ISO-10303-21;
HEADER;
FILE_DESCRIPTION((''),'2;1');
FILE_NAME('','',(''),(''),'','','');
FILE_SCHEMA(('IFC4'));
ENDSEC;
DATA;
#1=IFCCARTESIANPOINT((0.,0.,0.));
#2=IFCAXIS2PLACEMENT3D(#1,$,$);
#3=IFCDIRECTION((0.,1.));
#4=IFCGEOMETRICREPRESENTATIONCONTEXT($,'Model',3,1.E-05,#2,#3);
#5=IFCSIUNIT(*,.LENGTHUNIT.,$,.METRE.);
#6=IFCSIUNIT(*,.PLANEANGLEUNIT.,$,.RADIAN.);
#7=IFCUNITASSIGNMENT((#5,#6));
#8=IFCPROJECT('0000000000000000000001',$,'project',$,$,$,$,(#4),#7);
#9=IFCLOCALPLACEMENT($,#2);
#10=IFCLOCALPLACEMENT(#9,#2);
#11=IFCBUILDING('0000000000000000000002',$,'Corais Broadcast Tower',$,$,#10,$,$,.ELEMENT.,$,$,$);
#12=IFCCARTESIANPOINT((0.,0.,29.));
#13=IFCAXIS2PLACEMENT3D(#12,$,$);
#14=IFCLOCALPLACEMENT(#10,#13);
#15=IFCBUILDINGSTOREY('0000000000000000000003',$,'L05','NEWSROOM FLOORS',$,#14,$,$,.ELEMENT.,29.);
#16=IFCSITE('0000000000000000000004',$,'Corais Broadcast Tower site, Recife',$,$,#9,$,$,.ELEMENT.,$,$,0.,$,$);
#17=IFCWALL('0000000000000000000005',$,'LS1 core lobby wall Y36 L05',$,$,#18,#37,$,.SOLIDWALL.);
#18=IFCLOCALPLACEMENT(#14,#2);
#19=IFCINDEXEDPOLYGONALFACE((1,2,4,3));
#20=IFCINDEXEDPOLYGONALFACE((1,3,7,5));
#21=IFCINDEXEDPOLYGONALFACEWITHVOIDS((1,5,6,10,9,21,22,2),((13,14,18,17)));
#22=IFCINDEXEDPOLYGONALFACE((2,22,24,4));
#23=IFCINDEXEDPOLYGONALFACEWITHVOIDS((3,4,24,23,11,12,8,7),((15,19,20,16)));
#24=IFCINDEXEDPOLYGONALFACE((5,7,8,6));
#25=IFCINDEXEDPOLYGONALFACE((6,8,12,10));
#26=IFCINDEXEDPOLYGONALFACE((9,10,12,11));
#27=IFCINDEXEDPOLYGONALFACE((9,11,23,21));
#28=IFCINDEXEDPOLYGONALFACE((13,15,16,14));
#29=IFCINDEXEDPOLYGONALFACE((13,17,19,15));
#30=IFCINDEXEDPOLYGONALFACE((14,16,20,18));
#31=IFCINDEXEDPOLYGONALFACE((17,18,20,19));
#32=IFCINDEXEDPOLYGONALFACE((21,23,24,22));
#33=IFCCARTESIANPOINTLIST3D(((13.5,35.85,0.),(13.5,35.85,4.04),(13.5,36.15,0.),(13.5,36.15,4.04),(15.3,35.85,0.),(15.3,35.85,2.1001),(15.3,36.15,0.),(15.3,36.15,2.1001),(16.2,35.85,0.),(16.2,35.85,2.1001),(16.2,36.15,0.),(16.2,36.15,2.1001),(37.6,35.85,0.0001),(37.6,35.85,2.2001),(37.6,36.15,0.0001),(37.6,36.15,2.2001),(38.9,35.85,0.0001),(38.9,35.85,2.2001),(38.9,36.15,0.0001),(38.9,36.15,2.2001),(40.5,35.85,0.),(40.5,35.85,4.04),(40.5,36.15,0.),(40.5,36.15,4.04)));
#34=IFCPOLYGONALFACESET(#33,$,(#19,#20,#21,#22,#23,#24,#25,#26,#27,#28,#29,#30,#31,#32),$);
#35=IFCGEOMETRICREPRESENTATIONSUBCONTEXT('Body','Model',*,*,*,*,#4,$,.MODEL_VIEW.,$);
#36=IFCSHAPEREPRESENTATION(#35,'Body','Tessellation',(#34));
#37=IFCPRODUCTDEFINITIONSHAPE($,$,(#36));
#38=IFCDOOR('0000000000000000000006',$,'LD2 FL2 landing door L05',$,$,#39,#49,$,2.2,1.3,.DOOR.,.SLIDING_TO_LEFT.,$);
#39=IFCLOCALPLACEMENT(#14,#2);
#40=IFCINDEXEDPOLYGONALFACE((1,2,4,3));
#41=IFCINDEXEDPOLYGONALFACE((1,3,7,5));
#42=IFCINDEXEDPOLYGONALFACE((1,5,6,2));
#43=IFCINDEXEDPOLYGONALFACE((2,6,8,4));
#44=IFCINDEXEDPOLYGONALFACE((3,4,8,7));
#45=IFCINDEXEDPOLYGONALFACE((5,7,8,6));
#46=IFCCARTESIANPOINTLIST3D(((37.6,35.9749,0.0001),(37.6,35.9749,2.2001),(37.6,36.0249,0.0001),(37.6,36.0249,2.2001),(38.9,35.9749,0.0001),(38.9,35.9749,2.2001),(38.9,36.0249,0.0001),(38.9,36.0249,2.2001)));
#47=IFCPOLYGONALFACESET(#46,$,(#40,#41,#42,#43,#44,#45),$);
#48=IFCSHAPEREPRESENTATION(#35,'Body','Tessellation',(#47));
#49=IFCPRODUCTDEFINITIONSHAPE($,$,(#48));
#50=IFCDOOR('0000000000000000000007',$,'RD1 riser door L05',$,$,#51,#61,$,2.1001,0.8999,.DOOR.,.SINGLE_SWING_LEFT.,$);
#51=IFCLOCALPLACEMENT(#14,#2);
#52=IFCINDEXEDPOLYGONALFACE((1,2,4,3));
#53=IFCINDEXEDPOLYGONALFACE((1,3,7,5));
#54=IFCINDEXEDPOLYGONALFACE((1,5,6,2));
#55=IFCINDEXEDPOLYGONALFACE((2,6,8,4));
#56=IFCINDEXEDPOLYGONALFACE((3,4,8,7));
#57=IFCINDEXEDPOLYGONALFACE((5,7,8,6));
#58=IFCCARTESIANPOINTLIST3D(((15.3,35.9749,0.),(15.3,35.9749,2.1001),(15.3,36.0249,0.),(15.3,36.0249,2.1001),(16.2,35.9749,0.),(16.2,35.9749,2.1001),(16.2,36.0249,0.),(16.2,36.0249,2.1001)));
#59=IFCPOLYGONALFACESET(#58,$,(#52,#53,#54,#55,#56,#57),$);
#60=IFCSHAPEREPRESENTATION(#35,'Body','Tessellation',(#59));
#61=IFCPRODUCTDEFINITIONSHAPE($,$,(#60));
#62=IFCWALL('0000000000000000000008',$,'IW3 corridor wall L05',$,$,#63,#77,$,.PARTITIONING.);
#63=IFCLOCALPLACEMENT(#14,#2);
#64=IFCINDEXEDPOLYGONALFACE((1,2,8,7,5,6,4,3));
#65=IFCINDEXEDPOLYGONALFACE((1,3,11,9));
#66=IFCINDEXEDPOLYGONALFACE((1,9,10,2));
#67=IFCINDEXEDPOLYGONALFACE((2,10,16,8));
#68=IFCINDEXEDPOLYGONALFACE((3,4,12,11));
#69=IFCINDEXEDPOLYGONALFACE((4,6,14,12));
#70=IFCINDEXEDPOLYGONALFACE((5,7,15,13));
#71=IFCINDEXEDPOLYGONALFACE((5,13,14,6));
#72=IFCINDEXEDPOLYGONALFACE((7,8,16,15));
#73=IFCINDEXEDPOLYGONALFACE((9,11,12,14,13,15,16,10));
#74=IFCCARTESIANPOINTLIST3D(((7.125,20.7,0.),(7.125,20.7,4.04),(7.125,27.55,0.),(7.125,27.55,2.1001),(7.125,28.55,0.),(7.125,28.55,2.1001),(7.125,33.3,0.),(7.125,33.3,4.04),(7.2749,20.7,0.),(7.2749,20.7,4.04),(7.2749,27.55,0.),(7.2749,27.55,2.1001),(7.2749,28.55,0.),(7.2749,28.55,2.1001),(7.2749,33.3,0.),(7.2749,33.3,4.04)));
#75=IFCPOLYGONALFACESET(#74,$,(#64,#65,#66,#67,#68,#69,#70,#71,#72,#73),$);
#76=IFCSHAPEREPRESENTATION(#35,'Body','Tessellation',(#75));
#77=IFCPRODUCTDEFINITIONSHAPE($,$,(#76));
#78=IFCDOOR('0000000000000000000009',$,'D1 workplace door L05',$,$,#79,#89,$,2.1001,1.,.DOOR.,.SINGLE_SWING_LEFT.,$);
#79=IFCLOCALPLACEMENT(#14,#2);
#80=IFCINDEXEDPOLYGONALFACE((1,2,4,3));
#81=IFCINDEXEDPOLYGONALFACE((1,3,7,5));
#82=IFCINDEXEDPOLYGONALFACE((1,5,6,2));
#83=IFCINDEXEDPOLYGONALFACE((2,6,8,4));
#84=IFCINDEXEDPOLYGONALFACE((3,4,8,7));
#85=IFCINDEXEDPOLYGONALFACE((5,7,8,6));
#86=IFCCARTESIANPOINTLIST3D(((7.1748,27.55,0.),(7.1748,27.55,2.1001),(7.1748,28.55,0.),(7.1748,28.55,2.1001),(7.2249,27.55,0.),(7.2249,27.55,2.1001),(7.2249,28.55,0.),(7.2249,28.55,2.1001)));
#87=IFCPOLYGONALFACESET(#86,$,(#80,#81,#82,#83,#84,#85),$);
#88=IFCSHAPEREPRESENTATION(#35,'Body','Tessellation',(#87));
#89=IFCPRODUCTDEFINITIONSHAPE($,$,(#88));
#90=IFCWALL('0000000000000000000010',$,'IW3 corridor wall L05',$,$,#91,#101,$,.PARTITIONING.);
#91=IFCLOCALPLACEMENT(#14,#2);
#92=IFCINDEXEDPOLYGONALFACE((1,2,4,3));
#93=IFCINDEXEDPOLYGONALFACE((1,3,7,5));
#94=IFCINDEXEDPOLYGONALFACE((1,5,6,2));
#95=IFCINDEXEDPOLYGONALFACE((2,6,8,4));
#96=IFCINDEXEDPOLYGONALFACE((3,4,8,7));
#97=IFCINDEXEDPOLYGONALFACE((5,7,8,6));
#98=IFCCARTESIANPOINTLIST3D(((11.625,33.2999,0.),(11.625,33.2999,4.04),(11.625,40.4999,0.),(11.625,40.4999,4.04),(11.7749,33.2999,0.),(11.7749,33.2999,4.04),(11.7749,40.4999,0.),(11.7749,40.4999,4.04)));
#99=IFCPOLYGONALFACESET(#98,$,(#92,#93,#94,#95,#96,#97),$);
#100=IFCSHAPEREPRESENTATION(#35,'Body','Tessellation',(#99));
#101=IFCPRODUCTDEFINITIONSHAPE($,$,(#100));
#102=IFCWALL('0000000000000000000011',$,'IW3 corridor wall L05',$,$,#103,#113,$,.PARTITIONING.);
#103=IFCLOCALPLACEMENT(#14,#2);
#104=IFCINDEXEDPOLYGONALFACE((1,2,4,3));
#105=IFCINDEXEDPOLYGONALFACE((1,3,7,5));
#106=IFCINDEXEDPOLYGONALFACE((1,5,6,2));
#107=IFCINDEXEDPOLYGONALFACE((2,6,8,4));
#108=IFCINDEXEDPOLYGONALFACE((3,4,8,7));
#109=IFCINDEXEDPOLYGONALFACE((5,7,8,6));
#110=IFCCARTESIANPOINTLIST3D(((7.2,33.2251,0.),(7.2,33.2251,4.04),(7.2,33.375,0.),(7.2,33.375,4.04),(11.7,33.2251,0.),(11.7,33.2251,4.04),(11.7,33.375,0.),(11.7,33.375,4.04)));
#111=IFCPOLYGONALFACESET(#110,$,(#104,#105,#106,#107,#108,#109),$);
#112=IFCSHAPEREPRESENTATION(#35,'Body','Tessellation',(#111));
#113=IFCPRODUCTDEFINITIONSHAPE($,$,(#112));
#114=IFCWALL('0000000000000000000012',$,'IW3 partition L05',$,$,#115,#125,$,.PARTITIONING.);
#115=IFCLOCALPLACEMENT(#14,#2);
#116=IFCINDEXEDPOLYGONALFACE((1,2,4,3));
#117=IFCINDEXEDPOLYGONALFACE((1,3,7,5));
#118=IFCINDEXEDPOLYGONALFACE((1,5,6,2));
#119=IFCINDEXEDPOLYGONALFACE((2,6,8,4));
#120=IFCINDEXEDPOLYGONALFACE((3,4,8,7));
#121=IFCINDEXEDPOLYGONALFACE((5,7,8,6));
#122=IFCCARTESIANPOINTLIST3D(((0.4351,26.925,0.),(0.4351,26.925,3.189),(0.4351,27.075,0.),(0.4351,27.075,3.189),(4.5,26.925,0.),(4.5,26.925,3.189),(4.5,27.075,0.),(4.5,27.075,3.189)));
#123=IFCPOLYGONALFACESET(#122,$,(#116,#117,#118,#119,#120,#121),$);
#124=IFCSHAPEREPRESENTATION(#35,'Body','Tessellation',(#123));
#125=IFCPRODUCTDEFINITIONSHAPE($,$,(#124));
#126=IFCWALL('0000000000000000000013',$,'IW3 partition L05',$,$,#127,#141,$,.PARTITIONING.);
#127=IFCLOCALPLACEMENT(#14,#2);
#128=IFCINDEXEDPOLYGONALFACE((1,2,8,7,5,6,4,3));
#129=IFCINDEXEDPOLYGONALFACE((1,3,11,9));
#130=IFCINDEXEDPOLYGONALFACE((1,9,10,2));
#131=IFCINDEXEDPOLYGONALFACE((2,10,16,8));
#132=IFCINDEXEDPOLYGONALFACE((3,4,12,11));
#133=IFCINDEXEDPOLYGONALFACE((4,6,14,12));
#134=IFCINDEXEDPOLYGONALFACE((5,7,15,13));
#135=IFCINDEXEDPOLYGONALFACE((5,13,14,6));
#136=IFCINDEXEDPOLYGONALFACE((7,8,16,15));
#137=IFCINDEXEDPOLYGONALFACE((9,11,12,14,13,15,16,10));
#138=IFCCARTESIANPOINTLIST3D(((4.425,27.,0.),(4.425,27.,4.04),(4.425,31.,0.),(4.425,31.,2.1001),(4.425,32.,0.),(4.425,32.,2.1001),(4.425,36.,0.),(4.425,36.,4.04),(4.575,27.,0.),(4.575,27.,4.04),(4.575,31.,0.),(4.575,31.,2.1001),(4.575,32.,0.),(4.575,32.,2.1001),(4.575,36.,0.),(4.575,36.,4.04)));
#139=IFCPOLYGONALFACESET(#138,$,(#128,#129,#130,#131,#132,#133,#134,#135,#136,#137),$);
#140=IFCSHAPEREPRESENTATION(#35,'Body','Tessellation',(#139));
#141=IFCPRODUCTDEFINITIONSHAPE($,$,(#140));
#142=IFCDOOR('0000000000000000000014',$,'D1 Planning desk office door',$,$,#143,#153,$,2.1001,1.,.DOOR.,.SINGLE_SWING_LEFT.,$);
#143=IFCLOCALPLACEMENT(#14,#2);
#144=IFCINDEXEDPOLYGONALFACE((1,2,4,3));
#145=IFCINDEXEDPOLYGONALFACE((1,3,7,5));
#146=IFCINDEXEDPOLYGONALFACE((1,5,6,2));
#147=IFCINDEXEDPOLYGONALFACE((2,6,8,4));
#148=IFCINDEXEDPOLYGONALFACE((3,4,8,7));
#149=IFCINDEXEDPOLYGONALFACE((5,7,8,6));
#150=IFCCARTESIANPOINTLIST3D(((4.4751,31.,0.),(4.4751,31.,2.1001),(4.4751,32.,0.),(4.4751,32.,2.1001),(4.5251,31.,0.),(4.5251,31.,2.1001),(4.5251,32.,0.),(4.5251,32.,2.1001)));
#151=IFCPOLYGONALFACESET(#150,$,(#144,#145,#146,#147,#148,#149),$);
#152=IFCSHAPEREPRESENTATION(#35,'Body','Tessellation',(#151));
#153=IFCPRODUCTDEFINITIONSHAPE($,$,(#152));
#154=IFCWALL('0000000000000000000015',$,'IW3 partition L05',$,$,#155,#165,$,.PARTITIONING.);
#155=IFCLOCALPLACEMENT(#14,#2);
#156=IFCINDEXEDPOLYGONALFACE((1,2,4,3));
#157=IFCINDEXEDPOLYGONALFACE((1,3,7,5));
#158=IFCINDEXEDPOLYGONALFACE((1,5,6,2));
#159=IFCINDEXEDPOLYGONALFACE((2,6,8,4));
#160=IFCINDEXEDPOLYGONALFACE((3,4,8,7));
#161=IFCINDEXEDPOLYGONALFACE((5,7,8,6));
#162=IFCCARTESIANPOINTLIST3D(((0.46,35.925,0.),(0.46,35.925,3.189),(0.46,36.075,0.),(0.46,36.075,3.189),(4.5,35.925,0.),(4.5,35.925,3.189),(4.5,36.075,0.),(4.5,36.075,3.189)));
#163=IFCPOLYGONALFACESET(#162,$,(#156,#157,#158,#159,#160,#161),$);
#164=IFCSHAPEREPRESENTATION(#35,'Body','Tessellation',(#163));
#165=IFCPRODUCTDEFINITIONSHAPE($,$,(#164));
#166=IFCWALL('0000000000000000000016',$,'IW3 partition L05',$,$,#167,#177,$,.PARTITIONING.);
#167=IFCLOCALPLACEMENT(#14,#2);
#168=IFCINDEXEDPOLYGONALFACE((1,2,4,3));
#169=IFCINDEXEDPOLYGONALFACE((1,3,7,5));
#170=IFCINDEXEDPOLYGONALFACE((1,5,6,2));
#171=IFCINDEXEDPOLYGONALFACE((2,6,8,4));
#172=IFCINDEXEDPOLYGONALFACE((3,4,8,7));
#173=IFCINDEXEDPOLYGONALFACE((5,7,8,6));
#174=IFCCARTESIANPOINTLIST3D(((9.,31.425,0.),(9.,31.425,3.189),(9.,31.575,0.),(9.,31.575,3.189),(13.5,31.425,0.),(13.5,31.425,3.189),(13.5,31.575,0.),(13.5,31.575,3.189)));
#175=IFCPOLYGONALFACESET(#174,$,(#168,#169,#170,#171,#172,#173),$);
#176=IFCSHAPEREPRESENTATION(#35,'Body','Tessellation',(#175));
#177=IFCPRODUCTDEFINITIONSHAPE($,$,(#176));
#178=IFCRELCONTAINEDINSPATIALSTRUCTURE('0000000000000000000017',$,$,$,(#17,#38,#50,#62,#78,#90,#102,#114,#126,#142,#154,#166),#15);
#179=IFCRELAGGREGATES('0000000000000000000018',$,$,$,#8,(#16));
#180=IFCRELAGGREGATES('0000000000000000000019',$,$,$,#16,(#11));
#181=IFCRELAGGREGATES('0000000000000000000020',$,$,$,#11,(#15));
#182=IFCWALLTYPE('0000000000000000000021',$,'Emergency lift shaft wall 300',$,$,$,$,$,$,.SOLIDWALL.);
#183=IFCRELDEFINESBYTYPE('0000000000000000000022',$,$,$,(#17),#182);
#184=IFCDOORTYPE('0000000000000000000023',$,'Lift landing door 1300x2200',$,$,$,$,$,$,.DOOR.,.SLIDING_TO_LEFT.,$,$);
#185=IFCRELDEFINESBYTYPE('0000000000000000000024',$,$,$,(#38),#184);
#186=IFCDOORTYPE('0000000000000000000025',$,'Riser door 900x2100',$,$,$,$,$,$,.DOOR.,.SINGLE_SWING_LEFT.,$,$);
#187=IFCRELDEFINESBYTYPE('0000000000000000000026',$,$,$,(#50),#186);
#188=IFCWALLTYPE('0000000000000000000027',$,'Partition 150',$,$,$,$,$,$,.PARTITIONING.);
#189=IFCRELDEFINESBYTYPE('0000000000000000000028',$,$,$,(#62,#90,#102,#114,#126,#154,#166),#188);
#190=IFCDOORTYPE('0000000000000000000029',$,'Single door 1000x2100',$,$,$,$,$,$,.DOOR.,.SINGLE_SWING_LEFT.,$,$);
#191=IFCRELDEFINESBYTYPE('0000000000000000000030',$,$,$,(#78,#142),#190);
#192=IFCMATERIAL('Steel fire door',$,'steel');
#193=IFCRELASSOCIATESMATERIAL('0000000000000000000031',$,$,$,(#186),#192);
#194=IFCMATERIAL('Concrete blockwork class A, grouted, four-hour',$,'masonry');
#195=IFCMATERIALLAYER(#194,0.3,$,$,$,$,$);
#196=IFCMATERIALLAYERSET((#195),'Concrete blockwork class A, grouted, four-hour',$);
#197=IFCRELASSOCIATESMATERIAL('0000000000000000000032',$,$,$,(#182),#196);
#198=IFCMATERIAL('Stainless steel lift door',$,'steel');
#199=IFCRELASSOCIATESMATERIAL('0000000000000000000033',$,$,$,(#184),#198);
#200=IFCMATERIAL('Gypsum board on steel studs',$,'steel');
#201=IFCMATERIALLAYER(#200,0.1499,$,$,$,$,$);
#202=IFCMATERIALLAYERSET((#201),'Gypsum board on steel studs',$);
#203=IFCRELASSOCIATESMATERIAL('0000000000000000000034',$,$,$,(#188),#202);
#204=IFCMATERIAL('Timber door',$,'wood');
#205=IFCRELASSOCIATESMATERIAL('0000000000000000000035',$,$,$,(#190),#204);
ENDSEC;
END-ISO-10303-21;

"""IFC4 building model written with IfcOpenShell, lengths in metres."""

from ifc_helpers import new_model, si_unit, direction, frame, frame_2d, origin, place, context, subcontext, project, spatial, rectangle, extrude, material, layer, layer_set, type_object, element, fill, save


model = new_model("IFC4")

# Units and contexts
model_context = context("Model", 3, precision=1e-05, world=origin(), true_north=direction((0.0, 1.0)))
body_context = subcontext(model_context, "Body", "Model", "MODEL_VIEW")
ifc_project = project(units=[si_unit("LENGTHUNIT", "METRE"), si_unit("PLANEANGLEUNIT", "RADIAN")], contexts=[model_context])

# Site, building, storey
site_placement = place(None, origin())
site = spatial("IfcSite", under=ifc_project, at=site_placement, Name="Corais Broadcast Tower site, Recife", CompositionType="ELEMENT", RefElevation=0.0)
building_placement = place(site_placement, origin())
building = spatial("IfcBuilding", under=site, at=building_placement, Name="Corais Broadcast Tower", CompositionType="ELEMENT")
storey_placement = place(building_placement, frame((0.0, 0.0, 29.0)))
storey = spatial("IfcBuildingStorey", under=building, at=storey_placement, Name="L05", Description="NEWSROOM FLOORS", CompositionType="ELEMENT", Elevation=29.0)

# Wall, openings, doors
ifc_material_1 = material(Name="Steel fire door", Category="steel")
door_type_1 = type_object("IfcDoorType", Name="Riser door 900x2100", OperationType="SINGLE_SWING_LEFT", PredefinedType="DOOR", material=ifc_material_1)
ifc_material_2 = material(Name="Concrete blockwork class A, grouted, four-hour", Category="masonry")
ifc_layer_1 = layer(ifc_material_2, 0.3)
ifc_layer_set_1 = layer_set([ifc_layer_1], Name="Concrete blockwork class A, grouted, four-hour")
wall_type_1 = type_object("IfcWallType", Name="Emergency lift shaft wall 300", PredefinedType="SOLIDWALL", material=ifc_layer_set_1)
wall_1_placement = place(storey_placement, frame((13.5, 36.0, 0.0), z_axis=(0.0, 0.0, 1.0), x_axis=(1.0, 0.0, 0.0)))
wall_1 = element("IfcWall", 1, at=wall_1_placement, inside=storey, type_object=wall_type_1, Name="LS1 core lobby wall Y36 L05", PredefinedType="SOLIDWALL", context=body_context, shape_type="SweptSolid", body=[
    extrude(rectangle(XDim=27.0, YDim=0.3, at=frame_2d((13.5, 0.0))), origin(), (0.0, 0.0, 1.0), 4.04),
])
opening_1_placement = place(wall_1_placement, frame((1.8, 0.0, 0.0)))
opening_1 = element("IfcOpeningElement", 2, at=opening_1_placement, cuts=wall_1, PredefinedType="OPENING", context=body_context, shape_type="SweptSolid", body=[
    extrude(rectangle(XDim=0.8999, YDim=2.1001, at=frame_2d((0.45, 1.05))), frame((0.0, 0.1599, 0.0), z_axis=(0.0, -1.0, 0.0), x_axis=(1.0, 0.0, 0.0)), (0.0, 0.0, 1.0), 0.3201),
])
opening_2_placement = place(wall_1_placement, frame((24.1001, 0.0, 0.0)))
opening_2 = element("IfcOpeningElement", 3, at=opening_2_placement, cuts=wall_1, PredefinedType="OPENING", context=body_context, shape_type="SweptSolid", body=[
    extrude(rectangle(XDim=1.3, YDim=2.2, at=frame_2d((0.6499, 1.1001))), frame((0.0, 0.1599, 0.0), z_axis=(0.0, -1.0, 0.0), x_axis=(1.0, 0.0, 0.0)), (0.0, 0.0, 1.0), 0.3201),
])
ifc_material_3 = material(Name="Stainless steel lift door", Category="steel")
door_type_2 = type_object("IfcDoorType", Name="Lift landing door 1300x2200", OperationType="SLIDING_TO_LEFT", PredefinedType="DOOR", material=ifc_material_3)
door_1_placement = place(opening_2_placement, origin())
door_1 = element("IfcDoor", 4, at=door_1_placement, inside=storey, type_object=door_type_2, Name="LD2 FL2 landing door L05", OperationType="SLIDING_TO_LEFT", OverallHeight=2.2, OverallWidth=1.3, PredefinedType="DOOR", context=body_context, shape_type="SweptSolid", body=[
    extrude(rectangle(XDim=1.3, YDim=2.2, at=frame_2d((0.6499, 1.1001))), frame((0.0, 0.0249, 0.0), z_axis=(0.0, -1.0, 0.0), x_axis=(1.0, 0.0, 0.0)), (0.0, 0.0, 1.0), 0.05),
])
fill(opening_2, door_1)
door_2_placement = place(opening_1_placement, origin())
door_2 = element("IfcDoor", 5, at=door_2_placement, inside=storey, type_object=door_type_1, Name="RD1 riser door L05", OperationType="SINGLE_SWING_LEFT", OverallHeight=2.1001, OverallWidth=0.8999, PredefinedType="DOOR", context=body_context, shape_type="SweptSolid", body=[
    extrude(rectangle(XDim=0.8999, YDim=2.1001, at=frame_2d((0.45, 1.05))), frame((0.0, 0.0249, 0.0), z_axis=(0.0, -1.0, 0.0), x_axis=(1.0, 0.0, 0.0)), (0.0, 0.0, 1.0), 0.05),
])
fill(opening_1, door_2)

# Wall, opening, door
ifc_material_4 = material(Name="Gypsum board on steel studs", Category="steel")
ifc_layer_2 = layer(ifc_material_4, 0.1499)
ifc_layer_set_2 = layer_set([ifc_layer_2], Name="Gypsum board on steel studs")
wall_type_2 = type_object("IfcWallType", Name="Partition 150", PredefinedType="PARTITIONING", material=ifc_layer_set_2)
wall_2_placement = place(storey_placement, frame((7.2, 33.3, 0.0), z_axis=(0.0, 0.0, 1.0), x_axis=(0.0, -1.0, 0.0)))
wall_2 = element("IfcWall", 6, at=wall_2_placement, inside=storey, type_object=wall_type_2, Name="IW3 corridor wall L05", PredefinedType="PARTITIONING", context=body_context, shape_type="SweptSolid", body=[
    extrude(rectangle(XDim=12.6001, YDim=0.1499, at=frame_2d((6.3, 0.0))), origin(), (0.0, 0.0, 1.0), 4.04),
])
opening_3_placement = place(wall_2_placement, frame((4.75, 0.0, 0.0)))
opening_3 = element("IfcOpeningElement", 7, at=opening_3_placement, cuts=wall_2, PredefinedType="OPENING", context=body_context, shape_type="SweptSolid", body=[
    extrude(rectangle(XDim=1.0, YDim=2.1001, at=frame_2d((0.5, 1.05))), frame((0.0, 0.085, 0.0), z_axis=(0.0, -1.0, 0.0), x_axis=(1.0, 0.0, 0.0)), (0.0, 0.0, 1.0), 0.1699),
])
ifc_material_5 = material(Name="Timber door", Category="wood")
door_type_3 = type_object("IfcDoorType", Name="Single door 1000x2100", OperationType="SINGLE_SWING_LEFT", PredefinedType="DOOR", material=ifc_material_5)
door_3_placement = place(opening_3_placement, origin())
door_3 = element("IfcDoor", 8, at=door_3_placement, inside=storey, type_object=door_type_3, Name="D1 workplace door L05", OperationType="SINGLE_SWING_LEFT", OverallHeight=2.1001, OverallWidth=1.0, PredefinedType="DOOR", context=body_context, shape_type="SweptSolid", body=[
    extrude(rectangle(XDim=1.0, YDim=2.1001, at=frame_2d((0.5, 1.05))), frame((0.0, 0.0249, 0.0), z_axis=(0.0, -1.0, 0.0), x_axis=(1.0, 0.0, 0.0)), (0.0, 0.0, 1.0), 0.05),
])
fill(opening_3, door_3)

# Walls
wall_3_placement = place(storey_placement, frame((11.7, 40.5, 0.0), z_axis=(0.0, 0.0, 1.0), x_axis=(0.0, -1.0, 0.0)))
element("IfcWall", 9, at=wall_3_placement, inside=storey, type_object=wall_type_2, Name="IW3 corridor wall L05", PredefinedType="PARTITIONING", context=body_context, shape_type="SweptSolid", body=[
    extrude(rectangle(XDim=7.2, YDim=0.1499, at=frame_2d((3.6001, 0.0))), origin(), (0.0, 0.0, 1.0), 4.04),
])
wall_4_placement = place(storey_placement, frame((11.7, 33.3, 0.0), z_axis=(0.0, 0.0, 1.0), x_axis=(-1.0, 0.0, 0.0)))
element("IfcWall", 10, at=wall_4_placement, inside=storey, type_object=wall_type_2, Name="IW3 corridor wall L05", PredefinedType="PARTITIONING", context=body_context, shape_type="SweptSolid", body=[
    extrude(rectangle(XDim=4.5, YDim=0.1499, at=frame_2d((2.25, 0.0))), origin(), (0.0, 0.0, 1.0), 4.04),
])
wall_5_placement = place(storey_placement, frame((4.5, 27.0, 0.0), z_axis=(0.0, 0.0, 1.0), x_axis=(-1.0, 0.0, 0.0)))
element("IfcWall", 11, at=wall_5_placement, inside=storey, type_object=wall_type_2, Name="IW3 partition L05", PredefinedType="PARTITIONING", context=body_context, shape_type="SweptSolid", body=[
    extrude(rectangle(XDim=4.0649, YDim=0.1499, at=frame_2d((2.0325, 0.0))), origin(), (0.0, 0.0, 1.0), 3.189),
])

# Wall, opening, door
wall_6_placement = place(storey_placement, frame((4.5, 27.0, 0.0), z_axis=(0.0, 0.0, 1.0), x_axis=(0.0, 1.0, 0.0)))
wall_6 = element("IfcWall", 12, at=wall_6_placement, inside=storey, type_object=wall_type_2, Name="IW3 partition L05", PredefinedType="PARTITIONING", context=body_context, shape_type="SweptSolid", body=[
    extrude(rectangle(XDim=9.0, YDim=0.1499, at=frame_2d((4.5, 0.0))), origin(), (0.0, 0.0, 1.0), 4.04),
])
opening_4_placement = place(wall_6_placement, frame((4.0, 0.0, 0.0)))
opening_4 = element("IfcOpeningElement", 13, at=opening_4_placement, cuts=wall_6, PredefinedType="OPENING", context=body_context, shape_type="SweptSolid", body=[
    extrude(rectangle(XDim=1.0, YDim=2.1001, at=frame_2d((0.5, 1.05))), frame((0.0, 0.085, 0.0), z_axis=(0.0, -1.0, 0.0), x_axis=(1.0, 0.0, 0.0)), (0.0, 0.0, 1.0), 0.1699),
])
door_4_placement = place(opening_4_placement, origin())
door_4 = element("IfcDoor", 14, at=door_4_placement, inside=storey, type_object=door_type_3, Name="D1 Planning desk office door", OperationType="SINGLE_SWING_LEFT", OverallHeight=2.1001, OverallWidth=1.0, PredefinedType="DOOR", context=body_context, shape_type="SweptSolid", body=[
    extrude(rectangle(XDim=1.0, YDim=2.1001, at=frame_2d((0.5, 1.05))), frame((0.0, 0.0249, 0.0), z_axis=(0.0, -1.0, 0.0), x_axis=(1.0, 0.0, 0.0)), (0.0, 0.0, 1.0), 0.05),
])
fill(opening_4, door_4)

# Walls
wall_7_placement = place(storey_placement, frame((4.5, 36.0, 0.0), z_axis=(0.0, 0.0, 1.0), x_axis=(-1.0, 0.0, 0.0)))
element("IfcWall", 15, at=wall_7_placement, inside=storey, type_object=wall_type_2, Name="IW3 partition L05", PredefinedType="PARTITIONING", context=body_context, shape_type="SweptSolid", body=[
    extrude(rectangle(XDim=4.04, YDim=0.1499, at=frame_2d((2.02, 0.0))), origin(), (0.0, 0.0, 1.0), 3.189),
])
wall_8_placement = place(storey_placement, frame((13.5, 31.5, 0.0), z_axis=(0.0, 0.0, 1.0), x_axis=(-1.0, 0.0, 0.0)))
element("IfcWall", 16, at=wall_8_placement, inside=storey, type_object=wall_type_2, Name="IW3 partition L05", PredefinedType="PARTITIONING", context=body_context, shape_type="SweptSolid", body=[
    extrude(rectangle(XDim=4.5, YDim=0.1499, at=frame_2d((2.25, 0.0))), origin(), (0.0, 0.0, 1.0), 3.189),
])

save(model, "model.ifc")
